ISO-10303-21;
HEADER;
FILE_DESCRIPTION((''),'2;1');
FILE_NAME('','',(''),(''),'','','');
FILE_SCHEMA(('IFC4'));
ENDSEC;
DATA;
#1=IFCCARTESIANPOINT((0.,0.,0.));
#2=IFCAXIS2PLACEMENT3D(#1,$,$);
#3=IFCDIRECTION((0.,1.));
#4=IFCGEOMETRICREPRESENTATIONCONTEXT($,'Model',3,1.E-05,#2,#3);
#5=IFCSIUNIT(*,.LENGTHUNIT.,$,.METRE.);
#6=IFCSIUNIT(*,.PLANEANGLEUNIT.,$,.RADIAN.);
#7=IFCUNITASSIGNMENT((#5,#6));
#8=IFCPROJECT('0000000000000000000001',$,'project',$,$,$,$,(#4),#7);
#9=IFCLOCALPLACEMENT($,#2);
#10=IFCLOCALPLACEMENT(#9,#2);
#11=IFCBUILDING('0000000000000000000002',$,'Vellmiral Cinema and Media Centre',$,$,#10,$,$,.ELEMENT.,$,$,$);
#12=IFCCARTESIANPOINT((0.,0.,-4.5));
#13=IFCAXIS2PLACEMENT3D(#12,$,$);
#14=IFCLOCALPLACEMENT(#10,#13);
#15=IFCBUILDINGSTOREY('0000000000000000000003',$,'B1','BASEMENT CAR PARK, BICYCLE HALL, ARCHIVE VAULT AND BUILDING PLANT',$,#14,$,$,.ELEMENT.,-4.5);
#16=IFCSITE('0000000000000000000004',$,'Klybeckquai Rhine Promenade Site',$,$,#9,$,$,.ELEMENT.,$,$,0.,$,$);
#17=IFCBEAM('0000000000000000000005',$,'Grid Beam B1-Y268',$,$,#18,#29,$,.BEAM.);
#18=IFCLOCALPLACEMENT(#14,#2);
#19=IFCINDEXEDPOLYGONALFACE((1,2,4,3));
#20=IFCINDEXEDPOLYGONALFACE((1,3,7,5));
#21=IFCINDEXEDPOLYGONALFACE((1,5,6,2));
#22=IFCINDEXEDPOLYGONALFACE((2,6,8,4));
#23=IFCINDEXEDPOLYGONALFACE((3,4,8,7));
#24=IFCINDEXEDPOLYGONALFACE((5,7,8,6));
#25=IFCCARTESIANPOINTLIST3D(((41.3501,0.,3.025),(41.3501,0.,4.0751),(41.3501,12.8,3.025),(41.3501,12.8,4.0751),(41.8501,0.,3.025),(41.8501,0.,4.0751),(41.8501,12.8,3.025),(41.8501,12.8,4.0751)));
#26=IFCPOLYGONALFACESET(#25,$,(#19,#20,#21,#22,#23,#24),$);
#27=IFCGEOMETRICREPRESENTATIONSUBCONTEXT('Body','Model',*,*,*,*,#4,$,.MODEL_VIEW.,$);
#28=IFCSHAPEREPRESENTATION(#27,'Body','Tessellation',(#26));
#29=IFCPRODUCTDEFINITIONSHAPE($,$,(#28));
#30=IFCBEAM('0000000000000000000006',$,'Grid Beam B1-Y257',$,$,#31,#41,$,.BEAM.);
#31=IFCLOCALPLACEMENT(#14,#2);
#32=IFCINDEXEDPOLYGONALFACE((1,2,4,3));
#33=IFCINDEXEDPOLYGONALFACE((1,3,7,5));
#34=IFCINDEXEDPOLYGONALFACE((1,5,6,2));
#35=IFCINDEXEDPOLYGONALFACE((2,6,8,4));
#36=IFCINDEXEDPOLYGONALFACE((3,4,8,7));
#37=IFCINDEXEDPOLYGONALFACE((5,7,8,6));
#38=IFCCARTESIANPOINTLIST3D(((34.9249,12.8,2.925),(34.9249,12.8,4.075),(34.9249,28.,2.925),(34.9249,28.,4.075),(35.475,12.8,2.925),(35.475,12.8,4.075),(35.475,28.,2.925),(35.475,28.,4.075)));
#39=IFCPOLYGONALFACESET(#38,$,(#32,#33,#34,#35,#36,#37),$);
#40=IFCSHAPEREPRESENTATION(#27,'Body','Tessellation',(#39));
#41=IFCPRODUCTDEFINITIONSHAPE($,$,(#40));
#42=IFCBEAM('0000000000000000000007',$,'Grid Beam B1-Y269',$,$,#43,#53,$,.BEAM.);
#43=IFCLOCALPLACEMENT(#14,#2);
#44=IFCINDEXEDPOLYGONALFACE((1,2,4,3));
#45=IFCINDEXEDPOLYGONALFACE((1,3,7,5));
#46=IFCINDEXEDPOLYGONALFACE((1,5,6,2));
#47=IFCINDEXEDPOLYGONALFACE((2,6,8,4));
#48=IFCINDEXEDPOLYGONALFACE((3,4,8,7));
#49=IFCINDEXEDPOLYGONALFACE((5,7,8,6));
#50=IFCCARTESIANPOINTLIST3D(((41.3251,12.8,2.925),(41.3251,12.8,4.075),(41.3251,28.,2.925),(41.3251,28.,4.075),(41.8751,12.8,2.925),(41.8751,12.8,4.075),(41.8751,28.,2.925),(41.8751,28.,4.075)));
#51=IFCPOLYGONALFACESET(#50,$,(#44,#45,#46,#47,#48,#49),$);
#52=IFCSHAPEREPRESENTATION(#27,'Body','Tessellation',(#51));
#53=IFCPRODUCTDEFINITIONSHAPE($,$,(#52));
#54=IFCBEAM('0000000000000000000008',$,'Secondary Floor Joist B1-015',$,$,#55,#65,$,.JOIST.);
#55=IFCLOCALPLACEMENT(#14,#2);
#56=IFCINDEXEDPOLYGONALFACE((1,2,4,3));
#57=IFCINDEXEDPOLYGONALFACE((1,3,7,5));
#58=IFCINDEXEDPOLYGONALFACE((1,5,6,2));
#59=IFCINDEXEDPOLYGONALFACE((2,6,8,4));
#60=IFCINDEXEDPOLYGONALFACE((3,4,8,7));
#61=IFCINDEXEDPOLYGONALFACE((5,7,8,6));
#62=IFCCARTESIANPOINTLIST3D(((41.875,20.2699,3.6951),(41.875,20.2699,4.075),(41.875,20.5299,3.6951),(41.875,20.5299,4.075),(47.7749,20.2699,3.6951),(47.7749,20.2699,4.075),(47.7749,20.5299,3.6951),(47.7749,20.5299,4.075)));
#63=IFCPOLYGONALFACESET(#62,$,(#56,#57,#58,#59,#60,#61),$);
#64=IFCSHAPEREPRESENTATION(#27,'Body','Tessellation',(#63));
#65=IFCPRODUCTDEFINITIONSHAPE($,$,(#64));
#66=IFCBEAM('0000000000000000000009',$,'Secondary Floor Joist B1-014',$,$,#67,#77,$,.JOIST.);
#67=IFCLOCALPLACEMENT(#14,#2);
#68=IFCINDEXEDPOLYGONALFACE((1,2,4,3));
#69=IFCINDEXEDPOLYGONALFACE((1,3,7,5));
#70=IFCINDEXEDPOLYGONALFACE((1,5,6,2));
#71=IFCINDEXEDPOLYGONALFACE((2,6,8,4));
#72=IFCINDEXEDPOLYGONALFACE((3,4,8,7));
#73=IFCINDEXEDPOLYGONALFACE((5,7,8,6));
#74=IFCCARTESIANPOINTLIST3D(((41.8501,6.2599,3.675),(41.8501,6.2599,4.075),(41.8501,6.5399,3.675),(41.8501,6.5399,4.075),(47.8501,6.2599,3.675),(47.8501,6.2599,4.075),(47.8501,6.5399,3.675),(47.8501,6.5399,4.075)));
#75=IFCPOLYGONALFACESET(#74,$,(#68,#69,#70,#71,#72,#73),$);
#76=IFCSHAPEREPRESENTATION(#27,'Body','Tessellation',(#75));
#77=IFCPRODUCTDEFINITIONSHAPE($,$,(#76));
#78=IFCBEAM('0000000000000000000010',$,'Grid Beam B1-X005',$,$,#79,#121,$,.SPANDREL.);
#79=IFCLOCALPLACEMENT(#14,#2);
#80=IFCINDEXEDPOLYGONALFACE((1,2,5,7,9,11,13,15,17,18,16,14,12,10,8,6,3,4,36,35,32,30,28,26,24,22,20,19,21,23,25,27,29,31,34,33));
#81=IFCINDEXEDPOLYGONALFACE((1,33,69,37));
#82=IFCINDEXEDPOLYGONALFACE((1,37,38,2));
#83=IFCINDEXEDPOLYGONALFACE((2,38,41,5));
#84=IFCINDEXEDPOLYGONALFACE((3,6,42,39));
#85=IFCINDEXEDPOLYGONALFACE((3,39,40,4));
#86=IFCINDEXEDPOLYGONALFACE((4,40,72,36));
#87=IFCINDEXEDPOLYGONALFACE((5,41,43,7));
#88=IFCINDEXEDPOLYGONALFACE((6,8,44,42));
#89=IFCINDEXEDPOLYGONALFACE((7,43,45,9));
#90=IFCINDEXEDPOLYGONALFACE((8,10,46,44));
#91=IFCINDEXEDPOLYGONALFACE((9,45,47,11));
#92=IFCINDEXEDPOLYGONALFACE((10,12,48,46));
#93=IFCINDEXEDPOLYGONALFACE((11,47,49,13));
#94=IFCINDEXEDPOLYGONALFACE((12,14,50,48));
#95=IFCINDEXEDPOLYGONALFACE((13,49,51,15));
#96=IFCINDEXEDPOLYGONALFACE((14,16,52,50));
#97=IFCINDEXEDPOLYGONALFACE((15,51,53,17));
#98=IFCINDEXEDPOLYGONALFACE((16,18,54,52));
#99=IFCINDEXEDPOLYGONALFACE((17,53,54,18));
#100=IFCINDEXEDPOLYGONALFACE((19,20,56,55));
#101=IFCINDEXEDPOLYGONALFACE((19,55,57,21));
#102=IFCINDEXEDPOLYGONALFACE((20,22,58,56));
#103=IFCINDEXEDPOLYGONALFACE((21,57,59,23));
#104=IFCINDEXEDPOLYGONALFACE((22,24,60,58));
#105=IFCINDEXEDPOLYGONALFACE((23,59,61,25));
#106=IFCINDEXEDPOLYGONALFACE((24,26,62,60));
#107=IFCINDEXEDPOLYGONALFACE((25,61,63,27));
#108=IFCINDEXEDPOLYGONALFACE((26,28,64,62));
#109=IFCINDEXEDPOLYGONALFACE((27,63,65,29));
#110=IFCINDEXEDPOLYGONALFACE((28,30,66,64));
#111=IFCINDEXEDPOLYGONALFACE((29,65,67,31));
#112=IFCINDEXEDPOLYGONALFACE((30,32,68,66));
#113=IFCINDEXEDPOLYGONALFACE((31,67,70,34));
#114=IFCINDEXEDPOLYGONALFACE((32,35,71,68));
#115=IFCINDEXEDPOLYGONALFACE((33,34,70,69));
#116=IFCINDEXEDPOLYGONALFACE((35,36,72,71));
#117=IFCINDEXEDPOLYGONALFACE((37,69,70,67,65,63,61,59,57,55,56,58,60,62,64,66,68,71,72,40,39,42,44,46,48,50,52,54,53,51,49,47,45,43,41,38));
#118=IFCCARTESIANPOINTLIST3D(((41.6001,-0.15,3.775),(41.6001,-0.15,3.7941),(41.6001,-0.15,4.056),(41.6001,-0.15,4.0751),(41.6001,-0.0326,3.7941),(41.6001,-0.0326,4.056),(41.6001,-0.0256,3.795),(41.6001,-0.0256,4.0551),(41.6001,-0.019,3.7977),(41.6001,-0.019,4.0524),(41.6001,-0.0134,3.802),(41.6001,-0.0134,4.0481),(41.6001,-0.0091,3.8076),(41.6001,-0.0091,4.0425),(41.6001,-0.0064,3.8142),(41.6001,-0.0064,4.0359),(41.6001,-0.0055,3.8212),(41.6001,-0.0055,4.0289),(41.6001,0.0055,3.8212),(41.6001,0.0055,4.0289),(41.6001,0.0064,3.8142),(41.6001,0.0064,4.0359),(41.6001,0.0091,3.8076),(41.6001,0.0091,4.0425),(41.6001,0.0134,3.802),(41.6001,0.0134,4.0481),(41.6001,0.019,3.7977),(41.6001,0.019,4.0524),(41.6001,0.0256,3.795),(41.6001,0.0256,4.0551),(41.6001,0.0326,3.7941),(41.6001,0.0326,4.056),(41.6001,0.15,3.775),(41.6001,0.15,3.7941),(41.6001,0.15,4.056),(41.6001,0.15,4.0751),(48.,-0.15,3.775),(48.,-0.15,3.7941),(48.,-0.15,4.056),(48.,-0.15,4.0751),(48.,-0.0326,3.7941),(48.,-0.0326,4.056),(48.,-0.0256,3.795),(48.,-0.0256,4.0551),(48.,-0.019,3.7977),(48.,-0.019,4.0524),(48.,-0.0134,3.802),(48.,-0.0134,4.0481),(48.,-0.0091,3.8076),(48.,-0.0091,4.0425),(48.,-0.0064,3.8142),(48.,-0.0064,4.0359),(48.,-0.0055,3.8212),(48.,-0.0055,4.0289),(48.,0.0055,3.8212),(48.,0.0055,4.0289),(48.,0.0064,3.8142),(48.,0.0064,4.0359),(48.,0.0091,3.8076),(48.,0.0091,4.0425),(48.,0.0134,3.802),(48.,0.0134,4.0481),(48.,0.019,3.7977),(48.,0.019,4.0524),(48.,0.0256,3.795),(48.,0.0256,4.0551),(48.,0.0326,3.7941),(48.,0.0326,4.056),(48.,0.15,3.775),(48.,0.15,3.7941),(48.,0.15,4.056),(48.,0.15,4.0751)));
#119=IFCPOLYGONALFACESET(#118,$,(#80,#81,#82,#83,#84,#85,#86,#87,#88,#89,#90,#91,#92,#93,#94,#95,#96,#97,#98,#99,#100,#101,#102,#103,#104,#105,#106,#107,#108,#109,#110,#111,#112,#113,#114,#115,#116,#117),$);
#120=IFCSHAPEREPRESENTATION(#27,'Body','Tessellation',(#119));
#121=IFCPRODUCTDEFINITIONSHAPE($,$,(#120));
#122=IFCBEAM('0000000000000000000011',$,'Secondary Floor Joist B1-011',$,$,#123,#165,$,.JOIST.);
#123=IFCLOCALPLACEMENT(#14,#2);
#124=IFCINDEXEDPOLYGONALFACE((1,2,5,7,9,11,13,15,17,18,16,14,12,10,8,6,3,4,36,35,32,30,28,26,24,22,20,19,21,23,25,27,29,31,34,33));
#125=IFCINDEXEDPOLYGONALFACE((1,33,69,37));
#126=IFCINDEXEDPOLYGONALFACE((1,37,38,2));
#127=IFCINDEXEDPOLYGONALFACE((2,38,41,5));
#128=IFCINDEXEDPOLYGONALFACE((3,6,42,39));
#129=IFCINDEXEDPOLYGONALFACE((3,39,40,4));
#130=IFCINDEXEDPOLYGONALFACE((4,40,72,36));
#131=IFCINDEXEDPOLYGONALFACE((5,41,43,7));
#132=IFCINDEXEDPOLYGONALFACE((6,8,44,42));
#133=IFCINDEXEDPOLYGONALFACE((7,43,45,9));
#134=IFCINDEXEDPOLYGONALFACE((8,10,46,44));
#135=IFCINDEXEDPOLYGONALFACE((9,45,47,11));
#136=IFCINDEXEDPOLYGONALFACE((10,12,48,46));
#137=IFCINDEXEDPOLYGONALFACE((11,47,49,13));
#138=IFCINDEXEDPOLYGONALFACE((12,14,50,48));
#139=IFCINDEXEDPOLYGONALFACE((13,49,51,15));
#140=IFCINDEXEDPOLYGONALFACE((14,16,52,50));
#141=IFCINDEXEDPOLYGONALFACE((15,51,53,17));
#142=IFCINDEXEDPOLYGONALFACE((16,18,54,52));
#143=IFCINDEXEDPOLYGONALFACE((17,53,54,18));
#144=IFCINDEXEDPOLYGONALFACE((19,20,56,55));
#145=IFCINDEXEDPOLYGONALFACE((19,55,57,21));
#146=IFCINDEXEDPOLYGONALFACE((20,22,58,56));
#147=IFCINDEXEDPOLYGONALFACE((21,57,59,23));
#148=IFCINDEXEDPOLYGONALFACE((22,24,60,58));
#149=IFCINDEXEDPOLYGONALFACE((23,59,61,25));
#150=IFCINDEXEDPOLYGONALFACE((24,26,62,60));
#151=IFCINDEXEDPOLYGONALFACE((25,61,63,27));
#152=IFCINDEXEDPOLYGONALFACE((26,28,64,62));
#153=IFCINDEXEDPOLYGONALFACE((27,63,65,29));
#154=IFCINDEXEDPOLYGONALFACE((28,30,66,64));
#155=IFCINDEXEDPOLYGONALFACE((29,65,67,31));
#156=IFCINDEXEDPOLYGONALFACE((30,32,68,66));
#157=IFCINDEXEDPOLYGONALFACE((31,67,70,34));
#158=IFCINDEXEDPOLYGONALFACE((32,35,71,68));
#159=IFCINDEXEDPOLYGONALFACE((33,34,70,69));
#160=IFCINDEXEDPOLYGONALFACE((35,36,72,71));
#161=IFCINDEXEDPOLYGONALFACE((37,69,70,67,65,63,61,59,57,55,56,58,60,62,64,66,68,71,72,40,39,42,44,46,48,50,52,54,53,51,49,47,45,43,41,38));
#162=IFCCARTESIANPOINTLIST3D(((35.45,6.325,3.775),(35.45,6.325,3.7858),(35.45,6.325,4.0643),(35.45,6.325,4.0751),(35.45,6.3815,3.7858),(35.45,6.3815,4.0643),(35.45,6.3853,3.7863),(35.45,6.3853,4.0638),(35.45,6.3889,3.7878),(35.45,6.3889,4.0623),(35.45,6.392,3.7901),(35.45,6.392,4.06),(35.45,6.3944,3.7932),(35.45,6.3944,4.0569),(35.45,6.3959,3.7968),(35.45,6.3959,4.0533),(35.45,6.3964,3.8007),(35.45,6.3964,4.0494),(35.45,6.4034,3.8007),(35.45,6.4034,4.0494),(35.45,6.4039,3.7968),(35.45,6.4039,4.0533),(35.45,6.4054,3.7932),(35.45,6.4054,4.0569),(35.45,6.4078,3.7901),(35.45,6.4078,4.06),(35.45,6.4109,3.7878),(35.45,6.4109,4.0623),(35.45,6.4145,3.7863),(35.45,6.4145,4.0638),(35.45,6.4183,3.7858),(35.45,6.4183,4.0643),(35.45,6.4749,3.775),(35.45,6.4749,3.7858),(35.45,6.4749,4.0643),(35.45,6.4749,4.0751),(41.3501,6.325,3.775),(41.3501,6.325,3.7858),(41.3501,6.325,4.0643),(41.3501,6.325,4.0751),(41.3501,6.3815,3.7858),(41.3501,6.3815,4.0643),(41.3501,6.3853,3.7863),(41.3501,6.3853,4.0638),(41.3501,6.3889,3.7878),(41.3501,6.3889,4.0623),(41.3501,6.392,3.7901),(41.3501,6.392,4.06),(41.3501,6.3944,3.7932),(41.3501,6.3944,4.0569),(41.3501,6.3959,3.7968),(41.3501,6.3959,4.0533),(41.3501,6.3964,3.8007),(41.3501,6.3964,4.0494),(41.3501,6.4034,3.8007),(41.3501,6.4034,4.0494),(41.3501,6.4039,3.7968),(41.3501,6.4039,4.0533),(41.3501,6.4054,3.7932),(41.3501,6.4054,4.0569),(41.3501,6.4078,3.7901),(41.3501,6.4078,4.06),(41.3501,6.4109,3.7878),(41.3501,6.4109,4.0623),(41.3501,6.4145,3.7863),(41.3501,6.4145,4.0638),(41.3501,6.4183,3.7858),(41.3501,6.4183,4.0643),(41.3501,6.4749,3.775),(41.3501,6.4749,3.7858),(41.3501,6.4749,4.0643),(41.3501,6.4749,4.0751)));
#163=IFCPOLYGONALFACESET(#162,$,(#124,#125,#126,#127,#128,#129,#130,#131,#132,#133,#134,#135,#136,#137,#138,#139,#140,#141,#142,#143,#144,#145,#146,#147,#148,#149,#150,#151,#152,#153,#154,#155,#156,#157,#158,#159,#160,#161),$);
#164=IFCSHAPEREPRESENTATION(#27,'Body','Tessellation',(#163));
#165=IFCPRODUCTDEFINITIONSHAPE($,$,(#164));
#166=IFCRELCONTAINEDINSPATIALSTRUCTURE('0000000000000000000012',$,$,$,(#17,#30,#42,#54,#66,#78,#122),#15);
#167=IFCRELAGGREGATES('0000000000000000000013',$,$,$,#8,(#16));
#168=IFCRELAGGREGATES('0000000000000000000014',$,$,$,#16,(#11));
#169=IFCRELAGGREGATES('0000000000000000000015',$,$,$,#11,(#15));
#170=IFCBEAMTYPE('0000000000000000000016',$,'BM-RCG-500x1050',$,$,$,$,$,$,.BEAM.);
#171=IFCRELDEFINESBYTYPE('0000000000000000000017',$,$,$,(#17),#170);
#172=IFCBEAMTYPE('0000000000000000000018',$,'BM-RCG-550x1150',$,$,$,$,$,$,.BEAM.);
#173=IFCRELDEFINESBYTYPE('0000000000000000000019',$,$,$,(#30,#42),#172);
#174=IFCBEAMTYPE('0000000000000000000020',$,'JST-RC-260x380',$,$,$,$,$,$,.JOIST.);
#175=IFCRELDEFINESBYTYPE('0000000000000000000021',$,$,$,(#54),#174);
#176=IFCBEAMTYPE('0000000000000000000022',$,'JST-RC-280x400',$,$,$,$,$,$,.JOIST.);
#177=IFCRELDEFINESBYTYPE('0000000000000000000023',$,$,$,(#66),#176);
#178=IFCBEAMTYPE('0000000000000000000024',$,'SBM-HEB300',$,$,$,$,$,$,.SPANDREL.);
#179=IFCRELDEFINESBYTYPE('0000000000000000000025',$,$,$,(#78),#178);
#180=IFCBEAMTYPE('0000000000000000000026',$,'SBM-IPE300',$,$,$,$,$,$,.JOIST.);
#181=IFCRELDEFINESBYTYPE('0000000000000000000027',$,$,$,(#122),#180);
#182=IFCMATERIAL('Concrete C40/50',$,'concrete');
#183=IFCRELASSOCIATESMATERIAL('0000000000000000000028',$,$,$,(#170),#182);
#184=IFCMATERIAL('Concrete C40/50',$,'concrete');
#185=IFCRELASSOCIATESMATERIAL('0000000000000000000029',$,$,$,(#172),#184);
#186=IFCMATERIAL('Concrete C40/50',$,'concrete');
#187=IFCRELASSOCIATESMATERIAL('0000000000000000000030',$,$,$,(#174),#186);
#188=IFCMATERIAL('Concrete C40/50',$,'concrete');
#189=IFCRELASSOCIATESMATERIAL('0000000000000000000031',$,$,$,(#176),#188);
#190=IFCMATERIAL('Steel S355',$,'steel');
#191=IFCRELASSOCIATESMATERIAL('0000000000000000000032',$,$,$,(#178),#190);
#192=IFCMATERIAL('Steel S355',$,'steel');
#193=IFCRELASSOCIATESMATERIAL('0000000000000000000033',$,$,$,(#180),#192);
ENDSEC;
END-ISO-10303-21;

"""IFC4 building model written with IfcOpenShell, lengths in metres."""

from ifc_helpers import new_model, si_unit, direction, frame, origin, origin_2d, place, context, subcontext, project, spatial, rectangle, i_section, extrude, material, material_profile, profile_set, type_object, element, save


model = new_model("IFC4")

# Units and contexts
model_context = context("Model", 3, precision=1e-05, world=origin(), true_north=direction((0.0, 1.0)))
body_context = subcontext(model_context, "Body", "Model", "MODEL_VIEW")
ifc_project = project(units=[si_unit("LENGTHUNIT", "METRE"), si_unit("PLANEANGLEUNIT", "RADIAN")], contexts=[model_context])

# Site, building, storey
site_placement = place(None, origin())
site = spatial("IfcSite", under=ifc_project, at=site_placement, Name="Klybeckquai Rhine Promenade Site", CompositionType="ELEMENT", RefElevation=0.0)
building_placement = place(site_placement, origin())
building = spatial("IfcBuilding", under=site, at=building_placement, Name="Vellmiral Cinema and Media Centre", CompositionType="ELEMENT")
storey_placement = place(building_placement, frame((0.0, 0.0, -4.5)))
storey = spatial("IfcBuildingStorey", under=building, at=storey_placement, Name="B1", Description="BASEMENT CAR PARK, BICYCLE HALL, ARCHIVE VAULT AND BUILDING PLANT", CompositionType="ELEMENT", Elevation=-4.5)

# Beams
ifc_material_1 = material(Name="Concrete C40/50", Category="concrete")
ifc_material_profile_1 = material_profile(ifc_material_1, rectangle(XDim=0.5, YDim=1.05, at=origin_2d()), Name="RC 500x1050")
ifc_profile_set_1 = profile_set([ifc_material_profile_1], Name="Concrete C40/50")
beam_type_1 = type_object("IfcBeamType", Name="BM-RCG-500x1050", PredefinedType="BEAM", material=ifc_profile_set_1)
for number, where, z_axis, x_axis, name in (
    (1, (41.6001, 0.0, 3.55), (0.0, 1.0, 0.0), (-1.0, 0.0, 0.0), "Grid Beam B1-Y268"),
):
    element("IfcBeam", number, at=place(storey_placement, frame(where, z_axis=z_axis, x_axis=x_axis)), inside=storey, type_object=beam_type_1, Name=name, PredefinedType="BEAM", context=body_context, shape_type="SweptSolid", body=[
        extrude(rectangle(XDim=0.5, YDim=1.05, at=origin_2d()), origin(), (0.0, 0.0, 1.0), 12.8),
    ])
ifc_material_2 = material(Name="Concrete C40/50", Category="concrete")
ifc_material_profile_2 = material_profile(ifc_material_2, rectangle(XDim=0.55, YDim=1.1499, at=origin_2d()), Name="RC 550x1150")
ifc_profile_set_2 = profile_set([ifc_material_profile_2], Name="Concrete C40/50")
beam_type_2 = type_object("IfcBeamType", Name="BM-RCG-550x1150", PredefinedType="BEAM", material=ifc_profile_set_2)
for number, where, z_axis, x_axis, name in (
    (2, (35.2, 12.8, 3.5), (0.0, 1.0, 0.0), (-1.0, 0.0, 0.0), "Grid Beam B1-Y257"),
    (3, (41.6001, 12.8, 3.5), (0.0, 1.0, 0.0), (-1.0, 0.0, 0.0), "Grid Beam B1-Y269"),
):
    element("IfcBeam", number, at=place(storey_placement, frame(where, z_axis=z_axis, x_axis=x_axis)), inside=storey, type_object=beam_type_2, Name=name, PredefinedType="BEAM", context=body_context, shape_type="SweptSolid", body=[
        extrude(rectangle(XDim=0.55, YDim=1.1499, at=origin_2d()), origin(), (0.0, 0.0, 1.0), 15.2),
    ])
ifc_material_3 = material(Name="Concrete C40/50", Category="concrete")
ifc_material_profile_3 = material_profile(ifc_material_3, rectangle(XDim=0.26, YDim=0.3799, at=origin_2d()), Name="RC 260x380")
ifc_profile_set_3 = profile_set([ifc_material_profile_3], Name="Concrete C40/50")
beam_type_3 = type_object("IfcBeamType", Name="JST-RC-260x380", PredefinedType="JOIST", material=ifc_profile_set_3)
beam_1_placement = place(storey_placement, frame((41.875, 20.3999, 3.885), z_axis=(1.0, 0.0, 0.0), x_axis=(0.0, 1.0, 0.0)))
element("IfcBeam", 4, at=beam_1_placement, inside=storey, type_object=beam_type_3, Name="Secondary Floor Joist B1-015", PredefinedType="JOIST", context=body_context, shape_type="SweptSolid", body=[
    extrude(rectangle(XDim=0.26, YDim=0.3799, at=origin_2d()), origin(), (0.0, 0.0, 1.0), 5.8999),
])
ifc_material_4 = material(Name="Concrete C40/50", Category="concrete")
ifc_material_profile_4 = material_profile(ifc_material_4, rectangle(XDim=0.28, YDim=0.3999, at=origin_2d()), Name="RC 280x400")
ifc_profile_set_4 = profile_set([ifc_material_profile_4], Name="Concrete C40/50")
beam_type_4 = type_object("IfcBeamType", Name="JST-RC-280x400", PredefinedType="JOIST", material=ifc_profile_set_4)
beam_2_placement = place(storey_placement, frame((41.8501, 6.3999, 3.875), z_axis=(1.0, 0.0, 0.0), x_axis=(0.0, 1.0, 0.0)))
element("IfcBeam", 5, at=beam_2_placement, inside=storey, type_object=beam_type_4, Name="Secondary Floor Joist B1-014", PredefinedType="JOIST", context=body_context, shape_type="SweptSolid", body=[
    extrude(rectangle(XDim=0.28, YDim=0.3999, at=origin_2d()), origin(), (0.0, 0.0, 1.0), 6.0),
])
ifc_material_5 = material(Name="Steel S355", Category="steel")
ifc_material_profile_5 = material_profile(ifc_material_5, i_section(OverallWidth=0.3, OverallDepth=0.3, WebThickness=0.011, FlangeThickness=0.019, FilletRadius=0.0271, at=origin_2d()), Name="HEB 300")
ifc_profile_set_5 = profile_set([ifc_material_profile_5], Name="Steel S355")
beam_type_5 = type_object("IfcBeamType", Name="SBM-HEB300", PredefinedType="SPANDREL", material=ifc_profile_set_5)
beam_3_placement = place(storey_placement, frame((41.6001, 0.0, 3.925), z_axis=(1.0, 0.0, 0.0), x_axis=(0.0, 1.0, 0.0)))
element("IfcBeam", 6, at=beam_3_placement, inside=storey, type_object=beam_type_5, Name="Grid Beam B1-X005", PredefinedType="SPANDREL", context=body_context, shape_type="SweptSolid", body=[
    extrude(i_section(OverallWidth=0.3, OverallDepth=0.3, WebThickness=0.011, FlangeThickness=0.019, FilletRadius=0.0271, at=origin_2d()), origin(), (0.0, 0.0, 1.0), 6.3999),
])
ifc_material_6 = material(Name="Steel S355", Category="steel")
ifc_material_profile_6 = material_profile(ifc_material_6, i_section(OverallWidth=0.1499, OverallDepth=0.3, WebThickness=0.0071, FlangeThickness=0.0107, FilletRadius=0.0149, at=origin_2d()), Name="IPE 300")
ifc_profile_set_6 = profile_set([ifc_material_profile_6], Name="Steel S355")
beam_type_6 = type_object("IfcBeamType", Name="SBM-IPE300", PredefinedType="JOIST", material=ifc_profile_set_6)
beam_4_placement = place(storey_placement, frame((35.45, 6.3999, 3.925), z_axis=(1.0, 0.0, 0.0), x_axis=(0.0, 1.0, 0.0)))
element("IfcBeam", 7, at=beam_4_placement, inside=storey, type_object=beam_type_6, Name="Secondary Floor Joist B1-011", PredefinedType="JOIST", context=body_context, shape_type="SweptSolid", body=[
    extrude(i_section(OverallWidth=0.1499, OverallDepth=0.3, WebThickness=0.0071, FlangeThickness=0.0107, FilletRadius=0.0149, at=origin_2d()), origin(), (0.0, 0.0, 1.0), 5.9001),
])

save(model, "model.ifc")
